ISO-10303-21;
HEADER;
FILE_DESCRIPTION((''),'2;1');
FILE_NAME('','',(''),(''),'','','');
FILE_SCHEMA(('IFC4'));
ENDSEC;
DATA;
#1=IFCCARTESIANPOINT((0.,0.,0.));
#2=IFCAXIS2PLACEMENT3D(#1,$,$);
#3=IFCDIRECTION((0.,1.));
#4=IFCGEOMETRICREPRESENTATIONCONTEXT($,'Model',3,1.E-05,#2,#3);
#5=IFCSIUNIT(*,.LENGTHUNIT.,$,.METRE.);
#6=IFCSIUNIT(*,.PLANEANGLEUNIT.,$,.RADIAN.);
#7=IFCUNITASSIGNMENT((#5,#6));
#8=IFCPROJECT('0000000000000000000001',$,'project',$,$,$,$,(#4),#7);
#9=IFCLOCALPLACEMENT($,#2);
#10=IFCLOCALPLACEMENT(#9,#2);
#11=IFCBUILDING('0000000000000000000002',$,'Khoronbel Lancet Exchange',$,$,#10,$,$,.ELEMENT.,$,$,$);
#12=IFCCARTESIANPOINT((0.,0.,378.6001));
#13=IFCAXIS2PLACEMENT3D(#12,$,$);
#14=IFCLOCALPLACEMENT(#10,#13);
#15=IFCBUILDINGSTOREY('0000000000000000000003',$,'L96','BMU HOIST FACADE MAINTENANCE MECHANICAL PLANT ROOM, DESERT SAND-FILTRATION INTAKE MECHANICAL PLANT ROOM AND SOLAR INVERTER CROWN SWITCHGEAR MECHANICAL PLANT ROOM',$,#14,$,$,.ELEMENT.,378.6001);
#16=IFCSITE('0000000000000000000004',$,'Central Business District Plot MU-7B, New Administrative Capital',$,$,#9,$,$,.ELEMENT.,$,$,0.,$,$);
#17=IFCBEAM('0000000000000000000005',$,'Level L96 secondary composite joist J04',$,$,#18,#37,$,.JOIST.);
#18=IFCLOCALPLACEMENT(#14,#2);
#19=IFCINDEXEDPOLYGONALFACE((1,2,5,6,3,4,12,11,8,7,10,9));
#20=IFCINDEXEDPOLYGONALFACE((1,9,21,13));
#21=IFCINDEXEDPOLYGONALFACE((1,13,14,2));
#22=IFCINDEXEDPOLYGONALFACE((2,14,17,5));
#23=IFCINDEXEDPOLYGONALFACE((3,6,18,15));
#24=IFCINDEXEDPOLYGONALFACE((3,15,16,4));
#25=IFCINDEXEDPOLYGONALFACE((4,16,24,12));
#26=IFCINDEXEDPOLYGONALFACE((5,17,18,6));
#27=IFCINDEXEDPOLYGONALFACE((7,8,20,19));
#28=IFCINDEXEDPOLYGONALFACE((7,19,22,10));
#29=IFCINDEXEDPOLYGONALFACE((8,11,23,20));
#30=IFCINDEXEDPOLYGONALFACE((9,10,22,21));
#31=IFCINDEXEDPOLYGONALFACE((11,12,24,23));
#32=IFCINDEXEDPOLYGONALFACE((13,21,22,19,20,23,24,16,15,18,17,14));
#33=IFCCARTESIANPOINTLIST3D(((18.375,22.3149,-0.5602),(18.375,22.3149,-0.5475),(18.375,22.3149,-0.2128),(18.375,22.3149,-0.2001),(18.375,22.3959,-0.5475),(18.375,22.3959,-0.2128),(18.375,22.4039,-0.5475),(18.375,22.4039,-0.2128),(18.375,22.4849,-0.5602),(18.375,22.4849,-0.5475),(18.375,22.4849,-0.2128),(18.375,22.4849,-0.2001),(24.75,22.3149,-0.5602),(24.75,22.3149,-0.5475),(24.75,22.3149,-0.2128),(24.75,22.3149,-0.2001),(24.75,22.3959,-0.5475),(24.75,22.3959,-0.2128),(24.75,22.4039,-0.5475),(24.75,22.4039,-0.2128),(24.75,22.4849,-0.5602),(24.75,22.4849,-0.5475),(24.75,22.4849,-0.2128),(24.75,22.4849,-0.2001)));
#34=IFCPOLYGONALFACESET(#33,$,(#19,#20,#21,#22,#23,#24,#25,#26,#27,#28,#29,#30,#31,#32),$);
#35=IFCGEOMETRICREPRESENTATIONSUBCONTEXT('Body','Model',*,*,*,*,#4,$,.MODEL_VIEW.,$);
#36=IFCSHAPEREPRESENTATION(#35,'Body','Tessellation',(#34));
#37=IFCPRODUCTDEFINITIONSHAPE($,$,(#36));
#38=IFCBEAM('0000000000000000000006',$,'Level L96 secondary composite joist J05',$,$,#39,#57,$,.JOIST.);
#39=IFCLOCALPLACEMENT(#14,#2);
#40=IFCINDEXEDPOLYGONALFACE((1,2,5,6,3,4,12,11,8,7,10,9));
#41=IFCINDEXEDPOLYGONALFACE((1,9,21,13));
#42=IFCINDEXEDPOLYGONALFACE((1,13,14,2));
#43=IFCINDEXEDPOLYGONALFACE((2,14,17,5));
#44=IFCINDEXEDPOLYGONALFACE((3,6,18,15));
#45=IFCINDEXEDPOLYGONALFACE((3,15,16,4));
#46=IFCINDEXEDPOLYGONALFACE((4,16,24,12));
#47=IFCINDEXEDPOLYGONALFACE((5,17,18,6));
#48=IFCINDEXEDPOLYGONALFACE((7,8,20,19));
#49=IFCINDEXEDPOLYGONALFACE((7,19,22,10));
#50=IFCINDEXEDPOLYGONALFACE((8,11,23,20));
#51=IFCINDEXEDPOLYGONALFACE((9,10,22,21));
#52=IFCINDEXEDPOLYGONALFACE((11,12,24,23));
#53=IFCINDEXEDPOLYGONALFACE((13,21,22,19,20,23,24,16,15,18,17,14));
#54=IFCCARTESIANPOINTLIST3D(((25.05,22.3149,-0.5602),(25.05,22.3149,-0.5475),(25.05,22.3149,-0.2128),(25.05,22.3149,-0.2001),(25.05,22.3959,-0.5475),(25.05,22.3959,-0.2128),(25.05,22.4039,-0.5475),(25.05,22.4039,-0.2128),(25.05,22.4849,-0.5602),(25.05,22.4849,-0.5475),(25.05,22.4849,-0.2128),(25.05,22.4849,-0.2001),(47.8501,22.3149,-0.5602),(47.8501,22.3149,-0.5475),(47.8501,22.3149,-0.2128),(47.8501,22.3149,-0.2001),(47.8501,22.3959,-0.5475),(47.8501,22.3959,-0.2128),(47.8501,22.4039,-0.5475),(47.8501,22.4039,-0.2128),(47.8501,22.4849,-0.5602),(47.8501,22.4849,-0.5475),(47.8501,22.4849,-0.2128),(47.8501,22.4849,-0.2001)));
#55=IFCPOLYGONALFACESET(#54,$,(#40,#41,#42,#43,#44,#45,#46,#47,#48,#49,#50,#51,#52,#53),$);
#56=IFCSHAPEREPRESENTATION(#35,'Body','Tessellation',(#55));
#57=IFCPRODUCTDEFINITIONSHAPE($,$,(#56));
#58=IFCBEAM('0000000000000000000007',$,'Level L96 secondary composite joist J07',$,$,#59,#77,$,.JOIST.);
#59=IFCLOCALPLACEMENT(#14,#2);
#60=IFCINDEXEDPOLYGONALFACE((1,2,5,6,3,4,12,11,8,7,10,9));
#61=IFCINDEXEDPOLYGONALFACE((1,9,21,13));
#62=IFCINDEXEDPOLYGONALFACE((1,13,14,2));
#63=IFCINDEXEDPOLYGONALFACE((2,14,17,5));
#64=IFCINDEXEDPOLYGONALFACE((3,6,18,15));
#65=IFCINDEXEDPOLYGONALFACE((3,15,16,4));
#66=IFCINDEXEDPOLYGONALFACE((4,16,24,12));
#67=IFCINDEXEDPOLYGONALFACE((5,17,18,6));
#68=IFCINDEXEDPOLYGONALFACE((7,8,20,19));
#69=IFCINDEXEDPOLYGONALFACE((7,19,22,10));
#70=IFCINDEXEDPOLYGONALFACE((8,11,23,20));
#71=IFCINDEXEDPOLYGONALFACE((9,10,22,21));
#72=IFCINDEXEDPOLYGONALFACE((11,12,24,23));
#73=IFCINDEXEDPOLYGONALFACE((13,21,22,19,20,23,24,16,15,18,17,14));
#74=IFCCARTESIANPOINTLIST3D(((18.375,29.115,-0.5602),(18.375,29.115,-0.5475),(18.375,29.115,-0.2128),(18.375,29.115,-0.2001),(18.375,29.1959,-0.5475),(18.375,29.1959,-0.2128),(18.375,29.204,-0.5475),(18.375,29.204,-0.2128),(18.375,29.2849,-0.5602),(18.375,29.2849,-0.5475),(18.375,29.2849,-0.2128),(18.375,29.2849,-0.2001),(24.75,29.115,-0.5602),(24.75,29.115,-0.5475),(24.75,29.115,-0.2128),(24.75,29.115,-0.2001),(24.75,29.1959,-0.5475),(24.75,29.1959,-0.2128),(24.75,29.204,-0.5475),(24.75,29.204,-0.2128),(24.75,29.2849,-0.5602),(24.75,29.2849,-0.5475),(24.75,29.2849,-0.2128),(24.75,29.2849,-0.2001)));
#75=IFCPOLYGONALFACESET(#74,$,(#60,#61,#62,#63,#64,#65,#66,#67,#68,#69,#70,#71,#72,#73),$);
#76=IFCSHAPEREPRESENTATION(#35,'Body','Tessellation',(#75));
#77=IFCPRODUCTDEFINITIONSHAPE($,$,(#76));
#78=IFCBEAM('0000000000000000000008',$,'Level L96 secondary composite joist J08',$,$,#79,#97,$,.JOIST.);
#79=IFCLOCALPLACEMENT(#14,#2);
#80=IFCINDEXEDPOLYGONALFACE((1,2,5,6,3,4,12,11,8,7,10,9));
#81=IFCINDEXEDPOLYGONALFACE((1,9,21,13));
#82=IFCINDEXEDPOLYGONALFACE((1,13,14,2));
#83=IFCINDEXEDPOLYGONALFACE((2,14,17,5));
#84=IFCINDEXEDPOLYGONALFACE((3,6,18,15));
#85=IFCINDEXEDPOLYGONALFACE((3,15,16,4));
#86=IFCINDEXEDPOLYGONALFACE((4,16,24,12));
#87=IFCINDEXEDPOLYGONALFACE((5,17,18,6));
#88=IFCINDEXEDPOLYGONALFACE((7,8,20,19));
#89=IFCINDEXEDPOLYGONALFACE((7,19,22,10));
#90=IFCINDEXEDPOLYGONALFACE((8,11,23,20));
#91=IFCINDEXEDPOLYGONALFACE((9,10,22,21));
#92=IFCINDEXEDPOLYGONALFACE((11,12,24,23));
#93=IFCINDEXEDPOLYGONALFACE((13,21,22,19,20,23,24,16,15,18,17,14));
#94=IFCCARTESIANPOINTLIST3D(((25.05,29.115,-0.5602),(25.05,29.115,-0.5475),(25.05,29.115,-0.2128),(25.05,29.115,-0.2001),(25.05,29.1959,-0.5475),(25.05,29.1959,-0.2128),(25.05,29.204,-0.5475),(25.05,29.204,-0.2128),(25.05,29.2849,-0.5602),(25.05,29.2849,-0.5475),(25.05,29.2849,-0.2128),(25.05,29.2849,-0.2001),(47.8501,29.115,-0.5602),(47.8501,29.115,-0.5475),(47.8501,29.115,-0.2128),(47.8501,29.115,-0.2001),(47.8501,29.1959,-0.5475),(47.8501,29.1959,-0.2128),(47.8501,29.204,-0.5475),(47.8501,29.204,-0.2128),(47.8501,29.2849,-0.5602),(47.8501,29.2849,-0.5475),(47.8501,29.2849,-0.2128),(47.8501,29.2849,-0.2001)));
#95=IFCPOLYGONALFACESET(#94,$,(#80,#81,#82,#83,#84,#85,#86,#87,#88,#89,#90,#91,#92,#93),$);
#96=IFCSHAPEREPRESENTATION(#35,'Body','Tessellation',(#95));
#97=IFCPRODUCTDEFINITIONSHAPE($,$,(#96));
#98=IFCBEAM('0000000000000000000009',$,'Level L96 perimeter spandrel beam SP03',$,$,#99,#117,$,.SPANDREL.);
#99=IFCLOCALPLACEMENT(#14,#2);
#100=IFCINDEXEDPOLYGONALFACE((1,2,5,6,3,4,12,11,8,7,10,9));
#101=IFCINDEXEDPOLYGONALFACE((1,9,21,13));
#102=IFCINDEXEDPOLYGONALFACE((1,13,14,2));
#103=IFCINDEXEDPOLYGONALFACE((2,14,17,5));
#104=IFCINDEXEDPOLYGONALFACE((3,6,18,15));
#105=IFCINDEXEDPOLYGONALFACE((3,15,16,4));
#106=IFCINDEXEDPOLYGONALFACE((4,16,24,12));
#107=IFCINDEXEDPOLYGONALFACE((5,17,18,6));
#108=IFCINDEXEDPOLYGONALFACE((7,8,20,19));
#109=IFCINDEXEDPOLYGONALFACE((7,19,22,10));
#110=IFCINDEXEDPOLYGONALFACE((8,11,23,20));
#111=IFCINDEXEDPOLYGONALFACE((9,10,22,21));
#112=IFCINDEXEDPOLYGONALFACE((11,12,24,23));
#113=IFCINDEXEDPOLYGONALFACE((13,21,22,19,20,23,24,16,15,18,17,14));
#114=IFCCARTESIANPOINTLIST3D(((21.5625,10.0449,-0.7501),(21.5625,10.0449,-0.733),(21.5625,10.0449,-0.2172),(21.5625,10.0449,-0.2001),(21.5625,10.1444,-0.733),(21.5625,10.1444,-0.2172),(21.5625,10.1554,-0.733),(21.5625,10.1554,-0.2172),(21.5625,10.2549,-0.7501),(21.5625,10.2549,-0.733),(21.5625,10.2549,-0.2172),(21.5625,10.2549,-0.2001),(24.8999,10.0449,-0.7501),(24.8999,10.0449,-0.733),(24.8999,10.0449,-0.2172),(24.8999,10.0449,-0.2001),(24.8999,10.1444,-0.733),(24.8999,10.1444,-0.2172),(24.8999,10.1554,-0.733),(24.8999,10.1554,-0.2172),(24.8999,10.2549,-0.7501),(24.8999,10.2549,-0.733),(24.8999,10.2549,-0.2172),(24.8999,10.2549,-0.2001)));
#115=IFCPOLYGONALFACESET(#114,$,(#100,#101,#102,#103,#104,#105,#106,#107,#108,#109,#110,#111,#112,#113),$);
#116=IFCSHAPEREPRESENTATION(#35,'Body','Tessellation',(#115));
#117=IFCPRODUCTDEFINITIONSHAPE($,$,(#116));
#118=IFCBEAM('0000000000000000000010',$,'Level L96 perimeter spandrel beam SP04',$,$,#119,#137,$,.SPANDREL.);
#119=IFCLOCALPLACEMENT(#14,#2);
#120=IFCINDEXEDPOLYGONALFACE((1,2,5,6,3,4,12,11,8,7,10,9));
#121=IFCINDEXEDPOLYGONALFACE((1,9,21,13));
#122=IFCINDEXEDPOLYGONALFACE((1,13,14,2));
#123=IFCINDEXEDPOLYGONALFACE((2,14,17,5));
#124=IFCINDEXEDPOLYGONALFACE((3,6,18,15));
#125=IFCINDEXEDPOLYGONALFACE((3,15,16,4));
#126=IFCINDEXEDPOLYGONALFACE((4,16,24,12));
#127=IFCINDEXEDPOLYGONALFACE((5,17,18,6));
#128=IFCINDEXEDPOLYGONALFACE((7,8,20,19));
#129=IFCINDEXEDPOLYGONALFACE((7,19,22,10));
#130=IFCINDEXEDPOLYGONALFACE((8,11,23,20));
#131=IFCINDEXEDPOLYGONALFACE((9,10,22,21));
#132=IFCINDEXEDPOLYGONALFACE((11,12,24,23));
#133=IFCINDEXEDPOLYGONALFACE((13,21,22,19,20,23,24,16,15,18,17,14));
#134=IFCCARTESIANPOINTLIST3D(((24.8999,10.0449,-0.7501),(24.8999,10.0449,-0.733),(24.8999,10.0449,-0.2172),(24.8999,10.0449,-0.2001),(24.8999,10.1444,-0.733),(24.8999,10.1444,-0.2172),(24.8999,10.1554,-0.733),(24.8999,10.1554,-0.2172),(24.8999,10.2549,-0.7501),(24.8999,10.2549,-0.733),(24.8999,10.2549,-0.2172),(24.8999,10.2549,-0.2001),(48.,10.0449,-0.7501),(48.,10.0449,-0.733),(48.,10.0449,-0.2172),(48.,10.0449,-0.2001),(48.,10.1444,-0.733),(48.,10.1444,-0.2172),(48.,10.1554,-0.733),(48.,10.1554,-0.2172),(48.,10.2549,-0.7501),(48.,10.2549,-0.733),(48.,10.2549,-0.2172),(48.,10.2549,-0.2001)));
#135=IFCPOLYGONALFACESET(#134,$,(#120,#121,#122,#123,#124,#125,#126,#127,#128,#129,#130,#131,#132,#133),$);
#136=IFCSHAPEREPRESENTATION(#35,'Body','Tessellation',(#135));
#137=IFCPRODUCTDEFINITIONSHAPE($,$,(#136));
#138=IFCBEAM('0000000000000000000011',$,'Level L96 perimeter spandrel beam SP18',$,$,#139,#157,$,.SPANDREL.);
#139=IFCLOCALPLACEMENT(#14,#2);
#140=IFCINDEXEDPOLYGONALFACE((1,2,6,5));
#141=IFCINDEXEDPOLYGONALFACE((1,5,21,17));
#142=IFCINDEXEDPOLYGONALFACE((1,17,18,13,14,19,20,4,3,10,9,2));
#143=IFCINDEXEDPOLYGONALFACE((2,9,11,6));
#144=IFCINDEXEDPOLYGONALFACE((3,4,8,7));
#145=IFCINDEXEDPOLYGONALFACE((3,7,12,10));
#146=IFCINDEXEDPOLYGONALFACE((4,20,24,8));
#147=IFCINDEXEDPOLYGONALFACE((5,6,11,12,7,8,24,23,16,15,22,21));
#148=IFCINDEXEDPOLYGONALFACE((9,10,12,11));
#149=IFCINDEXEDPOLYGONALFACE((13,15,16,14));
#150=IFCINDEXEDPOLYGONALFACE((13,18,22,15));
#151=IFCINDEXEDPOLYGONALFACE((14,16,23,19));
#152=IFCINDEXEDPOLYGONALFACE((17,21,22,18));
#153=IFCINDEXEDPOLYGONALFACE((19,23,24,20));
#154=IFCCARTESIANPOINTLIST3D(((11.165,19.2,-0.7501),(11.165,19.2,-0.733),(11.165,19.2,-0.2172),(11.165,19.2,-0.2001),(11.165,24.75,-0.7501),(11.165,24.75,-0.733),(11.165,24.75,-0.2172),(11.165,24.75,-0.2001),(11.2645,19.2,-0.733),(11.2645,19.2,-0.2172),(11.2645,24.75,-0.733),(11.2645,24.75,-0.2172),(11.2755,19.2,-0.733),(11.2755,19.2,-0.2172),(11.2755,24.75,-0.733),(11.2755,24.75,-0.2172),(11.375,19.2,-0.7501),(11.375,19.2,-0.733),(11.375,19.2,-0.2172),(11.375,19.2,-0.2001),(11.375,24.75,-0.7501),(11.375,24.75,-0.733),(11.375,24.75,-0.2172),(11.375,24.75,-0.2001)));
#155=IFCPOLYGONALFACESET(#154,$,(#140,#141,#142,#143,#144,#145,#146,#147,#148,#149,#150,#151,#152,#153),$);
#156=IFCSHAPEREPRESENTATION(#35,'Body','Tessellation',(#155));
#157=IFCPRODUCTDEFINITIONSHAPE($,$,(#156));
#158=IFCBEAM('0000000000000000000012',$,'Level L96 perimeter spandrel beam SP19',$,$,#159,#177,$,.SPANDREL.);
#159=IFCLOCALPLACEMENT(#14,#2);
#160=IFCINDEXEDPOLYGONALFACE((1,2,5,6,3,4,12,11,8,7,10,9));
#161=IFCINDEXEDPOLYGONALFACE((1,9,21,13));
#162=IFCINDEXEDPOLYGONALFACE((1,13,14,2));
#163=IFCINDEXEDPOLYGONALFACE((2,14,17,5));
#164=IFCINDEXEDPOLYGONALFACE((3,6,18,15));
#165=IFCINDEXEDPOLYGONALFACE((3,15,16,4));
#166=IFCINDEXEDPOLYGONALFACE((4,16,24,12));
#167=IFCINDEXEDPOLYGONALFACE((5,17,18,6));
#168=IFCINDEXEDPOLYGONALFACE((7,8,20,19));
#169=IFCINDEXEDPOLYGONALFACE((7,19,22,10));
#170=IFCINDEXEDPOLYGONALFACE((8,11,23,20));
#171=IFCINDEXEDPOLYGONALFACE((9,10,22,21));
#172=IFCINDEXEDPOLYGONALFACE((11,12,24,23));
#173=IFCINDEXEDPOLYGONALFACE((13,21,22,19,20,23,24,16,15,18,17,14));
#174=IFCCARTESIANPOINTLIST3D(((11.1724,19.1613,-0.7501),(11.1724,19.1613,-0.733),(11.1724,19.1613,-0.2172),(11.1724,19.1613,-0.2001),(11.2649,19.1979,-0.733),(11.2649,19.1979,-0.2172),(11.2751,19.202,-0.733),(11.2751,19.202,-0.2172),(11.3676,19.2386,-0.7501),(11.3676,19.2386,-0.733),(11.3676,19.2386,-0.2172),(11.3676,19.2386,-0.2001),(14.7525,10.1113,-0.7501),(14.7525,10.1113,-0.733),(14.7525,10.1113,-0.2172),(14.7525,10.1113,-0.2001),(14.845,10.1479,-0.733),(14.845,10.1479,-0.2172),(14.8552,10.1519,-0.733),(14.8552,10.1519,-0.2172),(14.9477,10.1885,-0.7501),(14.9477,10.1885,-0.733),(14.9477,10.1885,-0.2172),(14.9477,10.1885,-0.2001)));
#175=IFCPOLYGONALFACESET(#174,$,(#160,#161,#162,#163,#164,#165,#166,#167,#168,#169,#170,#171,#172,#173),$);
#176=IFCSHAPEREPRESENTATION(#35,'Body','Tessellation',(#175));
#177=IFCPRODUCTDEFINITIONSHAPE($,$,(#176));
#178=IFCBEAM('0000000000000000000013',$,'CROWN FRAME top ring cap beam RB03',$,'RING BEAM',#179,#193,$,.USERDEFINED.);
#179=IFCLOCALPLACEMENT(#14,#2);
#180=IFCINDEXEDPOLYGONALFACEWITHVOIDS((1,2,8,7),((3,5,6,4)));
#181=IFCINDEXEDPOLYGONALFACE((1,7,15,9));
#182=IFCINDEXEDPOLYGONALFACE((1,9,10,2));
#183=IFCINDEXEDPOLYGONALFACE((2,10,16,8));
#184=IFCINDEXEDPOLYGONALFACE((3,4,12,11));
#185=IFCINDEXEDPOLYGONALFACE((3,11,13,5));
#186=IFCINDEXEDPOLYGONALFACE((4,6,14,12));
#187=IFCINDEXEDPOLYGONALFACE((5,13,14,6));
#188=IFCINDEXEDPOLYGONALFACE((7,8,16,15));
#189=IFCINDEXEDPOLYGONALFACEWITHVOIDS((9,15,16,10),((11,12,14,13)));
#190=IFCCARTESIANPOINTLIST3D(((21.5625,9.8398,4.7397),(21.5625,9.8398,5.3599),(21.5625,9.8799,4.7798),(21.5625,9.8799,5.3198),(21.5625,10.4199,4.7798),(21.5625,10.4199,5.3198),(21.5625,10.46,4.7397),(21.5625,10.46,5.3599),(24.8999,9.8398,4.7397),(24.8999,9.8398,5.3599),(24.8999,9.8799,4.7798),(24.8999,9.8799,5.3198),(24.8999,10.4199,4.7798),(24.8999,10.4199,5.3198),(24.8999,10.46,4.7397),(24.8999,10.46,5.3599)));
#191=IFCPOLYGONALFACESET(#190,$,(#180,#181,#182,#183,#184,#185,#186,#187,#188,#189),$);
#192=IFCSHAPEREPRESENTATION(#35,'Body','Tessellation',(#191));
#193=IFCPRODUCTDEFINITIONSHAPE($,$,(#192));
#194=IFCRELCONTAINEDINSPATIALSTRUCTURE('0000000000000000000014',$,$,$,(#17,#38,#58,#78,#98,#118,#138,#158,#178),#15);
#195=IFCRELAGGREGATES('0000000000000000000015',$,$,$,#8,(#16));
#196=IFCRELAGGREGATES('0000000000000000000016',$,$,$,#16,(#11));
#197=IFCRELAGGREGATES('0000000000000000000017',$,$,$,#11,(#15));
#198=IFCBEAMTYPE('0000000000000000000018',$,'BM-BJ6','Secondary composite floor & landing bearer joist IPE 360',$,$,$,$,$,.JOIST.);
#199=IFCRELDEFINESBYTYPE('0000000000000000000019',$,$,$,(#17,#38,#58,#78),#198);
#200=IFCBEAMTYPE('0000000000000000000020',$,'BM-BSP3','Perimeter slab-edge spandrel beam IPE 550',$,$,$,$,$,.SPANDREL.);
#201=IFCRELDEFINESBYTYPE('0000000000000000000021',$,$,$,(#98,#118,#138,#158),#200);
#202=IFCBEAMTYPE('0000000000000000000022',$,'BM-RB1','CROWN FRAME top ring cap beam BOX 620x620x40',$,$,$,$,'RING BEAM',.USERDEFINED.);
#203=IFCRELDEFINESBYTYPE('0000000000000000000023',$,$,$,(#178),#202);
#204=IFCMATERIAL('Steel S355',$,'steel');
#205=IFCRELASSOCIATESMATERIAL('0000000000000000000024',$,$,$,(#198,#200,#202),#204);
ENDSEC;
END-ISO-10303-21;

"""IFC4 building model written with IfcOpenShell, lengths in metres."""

from ifc_helpers import new_model, si_unit, direction, frame, origin, origin_2d, place, context, subcontext, project, spatial, hollow_rectangle, i_section, extrude, material, material_profile, profile_set, type_object, element, save


model = new_model("IFC4")

# Units and contexts
model_context = context("Model", 3, precision=1e-05, world=origin(), true_north=direction((0.0, 1.0)))
body_context = subcontext(model_context, "Body", "Model", "MODEL_VIEW")
ifc_project = project(units=[si_unit("LENGTHUNIT", "METRE"), si_unit("PLANEANGLEUNIT", "RADIAN")], contexts=[model_context])

# Site, building, storey
site_placement = place(None, origin())
site = spatial("IfcSite", under=ifc_project, at=site_placement, Name="Central Business District Plot MU-7B, New Administrative Capital", CompositionType="ELEMENT", RefElevation=0.0)
building_placement = place(site_placement, origin())
building = spatial("IfcBuilding", under=site, at=building_placement, Name="Khoronbel Lancet Exchange", CompositionType="ELEMENT")
storey_placement = place(building_placement, frame((0.0, 0.0, 378.6001)))
storey = spatial("IfcBuildingStorey", under=building, at=storey_placement, Name="L96", Description="BMU HOIST FACADE MAINTENANCE MECHANICAL PLANT ROOM, DESERT SAND-FILTRATION INTAKE MECHANICAL PLANT ROOM AND SOLAR INVERTER CROWN SWITCHGEAR MECHANICAL PLANT ROOM", CompositionType="ELEMENT", Elevation=378.6001)

# Shared definitions
ifc_material_1 = material(Name="Steel S355", Category="steel")

# Beams
ifc_material_profile_1 = material_profile(ifc_material_1, i_section(OverallWidth=0.1699, OverallDepth=0.3601, WebThickness=0.0081, FlangeThickness=0.0127, at=origin_2d()), Name="IPE 360")
ifc_profile_set_1 = profile_set([ifc_material_profile_1], Name="Steel S355")
beam_type_1 = type_object("IfcBeamType", Name="BM-BJ6", Description="Secondary composite floor & landing bearer joist IPE 360", PredefinedType="JOIST", material=ifc_profile_set_1)
beam_1_placement = place(storey_placement, frame((18.375, 22.3999, -0.3801), z_axis=(1.0, 0.0, 0.0), x_axis=(0.0, 1.0, 0.0)))
element("IfcBeam", 1, at=beam_1_placement, inside=storey, type_object=beam_type_1, Name="Level L96 secondary composite joist J04", PredefinedType="JOIST", context=body_context, shape_type="SweptSolid", body=[
    extrude(i_section(OverallWidth=0.1699, OverallDepth=0.3601, WebThickness=0.0081, FlangeThickness=0.0127, at=origin_2d()), origin(), (0.0, 0.0, 1.0), 6.375),
])
beam_2_placement = place(storey_placement, frame((25.05, 22.3999, -0.3801), z_axis=(1.0, 0.0, 0.0), x_axis=(0.0, 1.0, 0.0)))
element("IfcBeam", 2, at=beam_2_placement, inside=storey, type_object=beam_type_1, Name="Level L96 secondary composite joist J05", PredefinedType="JOIST", context=body_context, shape_type="SweptSolid", body=[
    extrude(i_section(OverallWidth=0.1699, OverallDepth=0.3601, WebThickness=0.0081, FlangeThickness=0.0127, at=origin_2d()), origin(), (0.0, 0.0, 1.0), 22.8),
])
beam_3_placement = place(storey_placement, frame((18.375, 29.2, -0.3801), z_axis=(1.0, 0.0, 0.0), x_axis=(0.0, 1.0, 0.0)))
element("IfcBeam", 3, at=beam_3_placement, inside=storey, type_object=beam_type_1, Name="Level L96 secondary composite joist J07", PredefinedType="JOIST", context=body_context, shape_type="SweptSolid", body=[
    extrude(i_section(OverallWidth=0.1699, OverallDepth=0.3601, WebThickness=0.0081, FlangeThickness=0.0127, at=origin_2d()), origin(), (0.0, 0.0, 1.0), 6.375),
])
beam_4_placement = place(storey_placement, frame((25.05, 29.2, -0.3801), z_axis=(1.0, 0.0, 0.0), x_axis=(0.0, 1.0, 0.0)))
element("IfcBeam", 4, at=beam_4_placement, inside=storey, type_object=beam_type_1, Name="Level L96 secondary composite joist J08", PredefinedType="JOIST", context=body_context, shape_type="SweptSolid", body=[
    extrude(i_section(OverallWidth=0.1699, OverallDepth=0.3601, WebThickness=0.0081, FlangeThickness=0.0127, at=origin_2d()), origin(), (0.0, 0.0, 1.0), 22.8),
])
ifc_material_profile_2 = material_profile(ifc_material_1, i_section(OverallWidth=0.21, OverallDepth=0.55, WebThickness=0.011, FlangeThickness=0.0171, at=origin_2d()), Name="IPE 550")
ifc_profile_set_2 = profile_set([ifc_material_profile_2], Name="Steel S355")
beam_type_2 = type_object("IfcBeamType", Name="BM-BSP3", Description="Perimeter slab-edge spandrel beam IPE 550", PredefinedType="SPANDREL", material=ifc_profile_set_2)
beam_5_placement = place(storey_placement, frame((21.5625, 10.1499, -0.4751), z_axis=(1.0, 0.0, 0.0), x_axis=(0.0, 1.0, 0.0)))
element("IfcBeam", 5, at=beam_5_placement, inside=storey, type_object=beam_type_2, Name="Level L96 perimeter spandrel beam SP03", PredefinedType="SPANDREL", context=body_context, shape_type="SweptSolid", body=[
    extrude(i_section(OverallWidth=0.21, OverallDepth=0.55, WebThickness=0.011, FlangeThickness=0.0171, at=origin_2d()), origin(), (0.0, 0.0, 1.0), 3.3374),
])
beam_6_placement = place(storey_placement, frame((24.8999, 10.1499, -0.4751), z_axis=(1.0, 0.0, 0.0), x_axis=(0.0, 1.0, 0.0)))
element("IfcBeam", 6, at=beam_6_placement, inside=storey, type_object=beam_type_2, Name="Level L96 perimeter spandrel beam SP04", PredefinedType="SPANDREL", context=body_context, shape_type="SweptSolid", body=[
    extrude(i_section(OverallWidth=0.21, OverallDepth=0.55, WebThickness=0.011, FlangeThickness=0.0171, at=origin_2d()), origin(), (0.0, 0.0, 1.0), 23.1001),
])
beam_7_placement = place(storey_placement, frame((11.27, 24.75, -0.4751), z_axis=(0.0, -1.0, 0.0), x_axis=(1.0, 0.0, 0.0)))
element("IfcBeam", 7, at=beam_7_placement, inside=storey, type_object=beam_type_2, Name="Level L96 perimeter spandrel beam SP18", PredefinedType="SPANDREL", context=body_context, shape_type="SweptSolid", body=[
    extrude(i_section(OverallWidth=0.21, OverallDepth=0.55, WebThickness=0.011, FlangeThickness=0.0171, at=origin_2d()), origin(), (0.0, 0.0, 1.0), 5.55),
])
beam_8_placement = place(storey_placement, frame((11.27, 19.2, -0.4751), z_axis=(0.36785, -0.929885, 0.0), x_axis=(0.929885, 0.36785, 0.0)))
element("IfcBeam", 8, at=beam_8_placement, inside=storey, type_object=beam_type_2, Name="Level L96 perimeter spandrel beam SP19", PredefinedType="SPANDREL", context=body_context, shape_type="SweptSolid", body=[
    extrude(i_section(OverallWidth=0.21, OverallDepth=0.55, WebThickness=0.011, FlangeThickness=0.0171, at=origin_2d()), origin(), (0.0, 0.0, 1.0), 9.7324),
])
ifc_material_profile_3 = material_profile(ifc_material_1, hollow_rectangle(XDim=0.6201, YDim=0.6201, WallThickness=0.04, at=origin_2d()), Name="BOX 620x620x40")
ifc_profile_set_3 = profile_set([ifc_material_profile_3], Name="Steel S355")
beam_type_3 = type_object("IfcBeamType", Name="BM-RB1", Description="CROWN FRAME top ring cap beam BOX 620x620x40", ElementType="RING BEAM", PredefinedType="USERDEFINED", material=ifc_profile_set_3)
beam_9_placement = place(storey_placement, frame((21.5625, 10.1499, 5.0498), z_axis=(1.0, 0.0, 0.0), x_axis=(0.0, 1.0, 0.0)))
element("IfcBeam", 9, at=beam_9_placement, inside=storey, type_object=beam_type_3, Name="CROWN FRAME top ring cap beam RB03", ObjectType="RING BEAM", PredefinedType="USERDEFINED", context=body_context, shape_type="SweptSolid", body=[
    extrude(hollow_rectangle(XDim=0.6201, YDim=0.6201, WallThickness=0.04, at=origin_2d()), origin(), (0.0, 0.0, 1.0), 3.3374),
])

save(model, "model.ifc")
